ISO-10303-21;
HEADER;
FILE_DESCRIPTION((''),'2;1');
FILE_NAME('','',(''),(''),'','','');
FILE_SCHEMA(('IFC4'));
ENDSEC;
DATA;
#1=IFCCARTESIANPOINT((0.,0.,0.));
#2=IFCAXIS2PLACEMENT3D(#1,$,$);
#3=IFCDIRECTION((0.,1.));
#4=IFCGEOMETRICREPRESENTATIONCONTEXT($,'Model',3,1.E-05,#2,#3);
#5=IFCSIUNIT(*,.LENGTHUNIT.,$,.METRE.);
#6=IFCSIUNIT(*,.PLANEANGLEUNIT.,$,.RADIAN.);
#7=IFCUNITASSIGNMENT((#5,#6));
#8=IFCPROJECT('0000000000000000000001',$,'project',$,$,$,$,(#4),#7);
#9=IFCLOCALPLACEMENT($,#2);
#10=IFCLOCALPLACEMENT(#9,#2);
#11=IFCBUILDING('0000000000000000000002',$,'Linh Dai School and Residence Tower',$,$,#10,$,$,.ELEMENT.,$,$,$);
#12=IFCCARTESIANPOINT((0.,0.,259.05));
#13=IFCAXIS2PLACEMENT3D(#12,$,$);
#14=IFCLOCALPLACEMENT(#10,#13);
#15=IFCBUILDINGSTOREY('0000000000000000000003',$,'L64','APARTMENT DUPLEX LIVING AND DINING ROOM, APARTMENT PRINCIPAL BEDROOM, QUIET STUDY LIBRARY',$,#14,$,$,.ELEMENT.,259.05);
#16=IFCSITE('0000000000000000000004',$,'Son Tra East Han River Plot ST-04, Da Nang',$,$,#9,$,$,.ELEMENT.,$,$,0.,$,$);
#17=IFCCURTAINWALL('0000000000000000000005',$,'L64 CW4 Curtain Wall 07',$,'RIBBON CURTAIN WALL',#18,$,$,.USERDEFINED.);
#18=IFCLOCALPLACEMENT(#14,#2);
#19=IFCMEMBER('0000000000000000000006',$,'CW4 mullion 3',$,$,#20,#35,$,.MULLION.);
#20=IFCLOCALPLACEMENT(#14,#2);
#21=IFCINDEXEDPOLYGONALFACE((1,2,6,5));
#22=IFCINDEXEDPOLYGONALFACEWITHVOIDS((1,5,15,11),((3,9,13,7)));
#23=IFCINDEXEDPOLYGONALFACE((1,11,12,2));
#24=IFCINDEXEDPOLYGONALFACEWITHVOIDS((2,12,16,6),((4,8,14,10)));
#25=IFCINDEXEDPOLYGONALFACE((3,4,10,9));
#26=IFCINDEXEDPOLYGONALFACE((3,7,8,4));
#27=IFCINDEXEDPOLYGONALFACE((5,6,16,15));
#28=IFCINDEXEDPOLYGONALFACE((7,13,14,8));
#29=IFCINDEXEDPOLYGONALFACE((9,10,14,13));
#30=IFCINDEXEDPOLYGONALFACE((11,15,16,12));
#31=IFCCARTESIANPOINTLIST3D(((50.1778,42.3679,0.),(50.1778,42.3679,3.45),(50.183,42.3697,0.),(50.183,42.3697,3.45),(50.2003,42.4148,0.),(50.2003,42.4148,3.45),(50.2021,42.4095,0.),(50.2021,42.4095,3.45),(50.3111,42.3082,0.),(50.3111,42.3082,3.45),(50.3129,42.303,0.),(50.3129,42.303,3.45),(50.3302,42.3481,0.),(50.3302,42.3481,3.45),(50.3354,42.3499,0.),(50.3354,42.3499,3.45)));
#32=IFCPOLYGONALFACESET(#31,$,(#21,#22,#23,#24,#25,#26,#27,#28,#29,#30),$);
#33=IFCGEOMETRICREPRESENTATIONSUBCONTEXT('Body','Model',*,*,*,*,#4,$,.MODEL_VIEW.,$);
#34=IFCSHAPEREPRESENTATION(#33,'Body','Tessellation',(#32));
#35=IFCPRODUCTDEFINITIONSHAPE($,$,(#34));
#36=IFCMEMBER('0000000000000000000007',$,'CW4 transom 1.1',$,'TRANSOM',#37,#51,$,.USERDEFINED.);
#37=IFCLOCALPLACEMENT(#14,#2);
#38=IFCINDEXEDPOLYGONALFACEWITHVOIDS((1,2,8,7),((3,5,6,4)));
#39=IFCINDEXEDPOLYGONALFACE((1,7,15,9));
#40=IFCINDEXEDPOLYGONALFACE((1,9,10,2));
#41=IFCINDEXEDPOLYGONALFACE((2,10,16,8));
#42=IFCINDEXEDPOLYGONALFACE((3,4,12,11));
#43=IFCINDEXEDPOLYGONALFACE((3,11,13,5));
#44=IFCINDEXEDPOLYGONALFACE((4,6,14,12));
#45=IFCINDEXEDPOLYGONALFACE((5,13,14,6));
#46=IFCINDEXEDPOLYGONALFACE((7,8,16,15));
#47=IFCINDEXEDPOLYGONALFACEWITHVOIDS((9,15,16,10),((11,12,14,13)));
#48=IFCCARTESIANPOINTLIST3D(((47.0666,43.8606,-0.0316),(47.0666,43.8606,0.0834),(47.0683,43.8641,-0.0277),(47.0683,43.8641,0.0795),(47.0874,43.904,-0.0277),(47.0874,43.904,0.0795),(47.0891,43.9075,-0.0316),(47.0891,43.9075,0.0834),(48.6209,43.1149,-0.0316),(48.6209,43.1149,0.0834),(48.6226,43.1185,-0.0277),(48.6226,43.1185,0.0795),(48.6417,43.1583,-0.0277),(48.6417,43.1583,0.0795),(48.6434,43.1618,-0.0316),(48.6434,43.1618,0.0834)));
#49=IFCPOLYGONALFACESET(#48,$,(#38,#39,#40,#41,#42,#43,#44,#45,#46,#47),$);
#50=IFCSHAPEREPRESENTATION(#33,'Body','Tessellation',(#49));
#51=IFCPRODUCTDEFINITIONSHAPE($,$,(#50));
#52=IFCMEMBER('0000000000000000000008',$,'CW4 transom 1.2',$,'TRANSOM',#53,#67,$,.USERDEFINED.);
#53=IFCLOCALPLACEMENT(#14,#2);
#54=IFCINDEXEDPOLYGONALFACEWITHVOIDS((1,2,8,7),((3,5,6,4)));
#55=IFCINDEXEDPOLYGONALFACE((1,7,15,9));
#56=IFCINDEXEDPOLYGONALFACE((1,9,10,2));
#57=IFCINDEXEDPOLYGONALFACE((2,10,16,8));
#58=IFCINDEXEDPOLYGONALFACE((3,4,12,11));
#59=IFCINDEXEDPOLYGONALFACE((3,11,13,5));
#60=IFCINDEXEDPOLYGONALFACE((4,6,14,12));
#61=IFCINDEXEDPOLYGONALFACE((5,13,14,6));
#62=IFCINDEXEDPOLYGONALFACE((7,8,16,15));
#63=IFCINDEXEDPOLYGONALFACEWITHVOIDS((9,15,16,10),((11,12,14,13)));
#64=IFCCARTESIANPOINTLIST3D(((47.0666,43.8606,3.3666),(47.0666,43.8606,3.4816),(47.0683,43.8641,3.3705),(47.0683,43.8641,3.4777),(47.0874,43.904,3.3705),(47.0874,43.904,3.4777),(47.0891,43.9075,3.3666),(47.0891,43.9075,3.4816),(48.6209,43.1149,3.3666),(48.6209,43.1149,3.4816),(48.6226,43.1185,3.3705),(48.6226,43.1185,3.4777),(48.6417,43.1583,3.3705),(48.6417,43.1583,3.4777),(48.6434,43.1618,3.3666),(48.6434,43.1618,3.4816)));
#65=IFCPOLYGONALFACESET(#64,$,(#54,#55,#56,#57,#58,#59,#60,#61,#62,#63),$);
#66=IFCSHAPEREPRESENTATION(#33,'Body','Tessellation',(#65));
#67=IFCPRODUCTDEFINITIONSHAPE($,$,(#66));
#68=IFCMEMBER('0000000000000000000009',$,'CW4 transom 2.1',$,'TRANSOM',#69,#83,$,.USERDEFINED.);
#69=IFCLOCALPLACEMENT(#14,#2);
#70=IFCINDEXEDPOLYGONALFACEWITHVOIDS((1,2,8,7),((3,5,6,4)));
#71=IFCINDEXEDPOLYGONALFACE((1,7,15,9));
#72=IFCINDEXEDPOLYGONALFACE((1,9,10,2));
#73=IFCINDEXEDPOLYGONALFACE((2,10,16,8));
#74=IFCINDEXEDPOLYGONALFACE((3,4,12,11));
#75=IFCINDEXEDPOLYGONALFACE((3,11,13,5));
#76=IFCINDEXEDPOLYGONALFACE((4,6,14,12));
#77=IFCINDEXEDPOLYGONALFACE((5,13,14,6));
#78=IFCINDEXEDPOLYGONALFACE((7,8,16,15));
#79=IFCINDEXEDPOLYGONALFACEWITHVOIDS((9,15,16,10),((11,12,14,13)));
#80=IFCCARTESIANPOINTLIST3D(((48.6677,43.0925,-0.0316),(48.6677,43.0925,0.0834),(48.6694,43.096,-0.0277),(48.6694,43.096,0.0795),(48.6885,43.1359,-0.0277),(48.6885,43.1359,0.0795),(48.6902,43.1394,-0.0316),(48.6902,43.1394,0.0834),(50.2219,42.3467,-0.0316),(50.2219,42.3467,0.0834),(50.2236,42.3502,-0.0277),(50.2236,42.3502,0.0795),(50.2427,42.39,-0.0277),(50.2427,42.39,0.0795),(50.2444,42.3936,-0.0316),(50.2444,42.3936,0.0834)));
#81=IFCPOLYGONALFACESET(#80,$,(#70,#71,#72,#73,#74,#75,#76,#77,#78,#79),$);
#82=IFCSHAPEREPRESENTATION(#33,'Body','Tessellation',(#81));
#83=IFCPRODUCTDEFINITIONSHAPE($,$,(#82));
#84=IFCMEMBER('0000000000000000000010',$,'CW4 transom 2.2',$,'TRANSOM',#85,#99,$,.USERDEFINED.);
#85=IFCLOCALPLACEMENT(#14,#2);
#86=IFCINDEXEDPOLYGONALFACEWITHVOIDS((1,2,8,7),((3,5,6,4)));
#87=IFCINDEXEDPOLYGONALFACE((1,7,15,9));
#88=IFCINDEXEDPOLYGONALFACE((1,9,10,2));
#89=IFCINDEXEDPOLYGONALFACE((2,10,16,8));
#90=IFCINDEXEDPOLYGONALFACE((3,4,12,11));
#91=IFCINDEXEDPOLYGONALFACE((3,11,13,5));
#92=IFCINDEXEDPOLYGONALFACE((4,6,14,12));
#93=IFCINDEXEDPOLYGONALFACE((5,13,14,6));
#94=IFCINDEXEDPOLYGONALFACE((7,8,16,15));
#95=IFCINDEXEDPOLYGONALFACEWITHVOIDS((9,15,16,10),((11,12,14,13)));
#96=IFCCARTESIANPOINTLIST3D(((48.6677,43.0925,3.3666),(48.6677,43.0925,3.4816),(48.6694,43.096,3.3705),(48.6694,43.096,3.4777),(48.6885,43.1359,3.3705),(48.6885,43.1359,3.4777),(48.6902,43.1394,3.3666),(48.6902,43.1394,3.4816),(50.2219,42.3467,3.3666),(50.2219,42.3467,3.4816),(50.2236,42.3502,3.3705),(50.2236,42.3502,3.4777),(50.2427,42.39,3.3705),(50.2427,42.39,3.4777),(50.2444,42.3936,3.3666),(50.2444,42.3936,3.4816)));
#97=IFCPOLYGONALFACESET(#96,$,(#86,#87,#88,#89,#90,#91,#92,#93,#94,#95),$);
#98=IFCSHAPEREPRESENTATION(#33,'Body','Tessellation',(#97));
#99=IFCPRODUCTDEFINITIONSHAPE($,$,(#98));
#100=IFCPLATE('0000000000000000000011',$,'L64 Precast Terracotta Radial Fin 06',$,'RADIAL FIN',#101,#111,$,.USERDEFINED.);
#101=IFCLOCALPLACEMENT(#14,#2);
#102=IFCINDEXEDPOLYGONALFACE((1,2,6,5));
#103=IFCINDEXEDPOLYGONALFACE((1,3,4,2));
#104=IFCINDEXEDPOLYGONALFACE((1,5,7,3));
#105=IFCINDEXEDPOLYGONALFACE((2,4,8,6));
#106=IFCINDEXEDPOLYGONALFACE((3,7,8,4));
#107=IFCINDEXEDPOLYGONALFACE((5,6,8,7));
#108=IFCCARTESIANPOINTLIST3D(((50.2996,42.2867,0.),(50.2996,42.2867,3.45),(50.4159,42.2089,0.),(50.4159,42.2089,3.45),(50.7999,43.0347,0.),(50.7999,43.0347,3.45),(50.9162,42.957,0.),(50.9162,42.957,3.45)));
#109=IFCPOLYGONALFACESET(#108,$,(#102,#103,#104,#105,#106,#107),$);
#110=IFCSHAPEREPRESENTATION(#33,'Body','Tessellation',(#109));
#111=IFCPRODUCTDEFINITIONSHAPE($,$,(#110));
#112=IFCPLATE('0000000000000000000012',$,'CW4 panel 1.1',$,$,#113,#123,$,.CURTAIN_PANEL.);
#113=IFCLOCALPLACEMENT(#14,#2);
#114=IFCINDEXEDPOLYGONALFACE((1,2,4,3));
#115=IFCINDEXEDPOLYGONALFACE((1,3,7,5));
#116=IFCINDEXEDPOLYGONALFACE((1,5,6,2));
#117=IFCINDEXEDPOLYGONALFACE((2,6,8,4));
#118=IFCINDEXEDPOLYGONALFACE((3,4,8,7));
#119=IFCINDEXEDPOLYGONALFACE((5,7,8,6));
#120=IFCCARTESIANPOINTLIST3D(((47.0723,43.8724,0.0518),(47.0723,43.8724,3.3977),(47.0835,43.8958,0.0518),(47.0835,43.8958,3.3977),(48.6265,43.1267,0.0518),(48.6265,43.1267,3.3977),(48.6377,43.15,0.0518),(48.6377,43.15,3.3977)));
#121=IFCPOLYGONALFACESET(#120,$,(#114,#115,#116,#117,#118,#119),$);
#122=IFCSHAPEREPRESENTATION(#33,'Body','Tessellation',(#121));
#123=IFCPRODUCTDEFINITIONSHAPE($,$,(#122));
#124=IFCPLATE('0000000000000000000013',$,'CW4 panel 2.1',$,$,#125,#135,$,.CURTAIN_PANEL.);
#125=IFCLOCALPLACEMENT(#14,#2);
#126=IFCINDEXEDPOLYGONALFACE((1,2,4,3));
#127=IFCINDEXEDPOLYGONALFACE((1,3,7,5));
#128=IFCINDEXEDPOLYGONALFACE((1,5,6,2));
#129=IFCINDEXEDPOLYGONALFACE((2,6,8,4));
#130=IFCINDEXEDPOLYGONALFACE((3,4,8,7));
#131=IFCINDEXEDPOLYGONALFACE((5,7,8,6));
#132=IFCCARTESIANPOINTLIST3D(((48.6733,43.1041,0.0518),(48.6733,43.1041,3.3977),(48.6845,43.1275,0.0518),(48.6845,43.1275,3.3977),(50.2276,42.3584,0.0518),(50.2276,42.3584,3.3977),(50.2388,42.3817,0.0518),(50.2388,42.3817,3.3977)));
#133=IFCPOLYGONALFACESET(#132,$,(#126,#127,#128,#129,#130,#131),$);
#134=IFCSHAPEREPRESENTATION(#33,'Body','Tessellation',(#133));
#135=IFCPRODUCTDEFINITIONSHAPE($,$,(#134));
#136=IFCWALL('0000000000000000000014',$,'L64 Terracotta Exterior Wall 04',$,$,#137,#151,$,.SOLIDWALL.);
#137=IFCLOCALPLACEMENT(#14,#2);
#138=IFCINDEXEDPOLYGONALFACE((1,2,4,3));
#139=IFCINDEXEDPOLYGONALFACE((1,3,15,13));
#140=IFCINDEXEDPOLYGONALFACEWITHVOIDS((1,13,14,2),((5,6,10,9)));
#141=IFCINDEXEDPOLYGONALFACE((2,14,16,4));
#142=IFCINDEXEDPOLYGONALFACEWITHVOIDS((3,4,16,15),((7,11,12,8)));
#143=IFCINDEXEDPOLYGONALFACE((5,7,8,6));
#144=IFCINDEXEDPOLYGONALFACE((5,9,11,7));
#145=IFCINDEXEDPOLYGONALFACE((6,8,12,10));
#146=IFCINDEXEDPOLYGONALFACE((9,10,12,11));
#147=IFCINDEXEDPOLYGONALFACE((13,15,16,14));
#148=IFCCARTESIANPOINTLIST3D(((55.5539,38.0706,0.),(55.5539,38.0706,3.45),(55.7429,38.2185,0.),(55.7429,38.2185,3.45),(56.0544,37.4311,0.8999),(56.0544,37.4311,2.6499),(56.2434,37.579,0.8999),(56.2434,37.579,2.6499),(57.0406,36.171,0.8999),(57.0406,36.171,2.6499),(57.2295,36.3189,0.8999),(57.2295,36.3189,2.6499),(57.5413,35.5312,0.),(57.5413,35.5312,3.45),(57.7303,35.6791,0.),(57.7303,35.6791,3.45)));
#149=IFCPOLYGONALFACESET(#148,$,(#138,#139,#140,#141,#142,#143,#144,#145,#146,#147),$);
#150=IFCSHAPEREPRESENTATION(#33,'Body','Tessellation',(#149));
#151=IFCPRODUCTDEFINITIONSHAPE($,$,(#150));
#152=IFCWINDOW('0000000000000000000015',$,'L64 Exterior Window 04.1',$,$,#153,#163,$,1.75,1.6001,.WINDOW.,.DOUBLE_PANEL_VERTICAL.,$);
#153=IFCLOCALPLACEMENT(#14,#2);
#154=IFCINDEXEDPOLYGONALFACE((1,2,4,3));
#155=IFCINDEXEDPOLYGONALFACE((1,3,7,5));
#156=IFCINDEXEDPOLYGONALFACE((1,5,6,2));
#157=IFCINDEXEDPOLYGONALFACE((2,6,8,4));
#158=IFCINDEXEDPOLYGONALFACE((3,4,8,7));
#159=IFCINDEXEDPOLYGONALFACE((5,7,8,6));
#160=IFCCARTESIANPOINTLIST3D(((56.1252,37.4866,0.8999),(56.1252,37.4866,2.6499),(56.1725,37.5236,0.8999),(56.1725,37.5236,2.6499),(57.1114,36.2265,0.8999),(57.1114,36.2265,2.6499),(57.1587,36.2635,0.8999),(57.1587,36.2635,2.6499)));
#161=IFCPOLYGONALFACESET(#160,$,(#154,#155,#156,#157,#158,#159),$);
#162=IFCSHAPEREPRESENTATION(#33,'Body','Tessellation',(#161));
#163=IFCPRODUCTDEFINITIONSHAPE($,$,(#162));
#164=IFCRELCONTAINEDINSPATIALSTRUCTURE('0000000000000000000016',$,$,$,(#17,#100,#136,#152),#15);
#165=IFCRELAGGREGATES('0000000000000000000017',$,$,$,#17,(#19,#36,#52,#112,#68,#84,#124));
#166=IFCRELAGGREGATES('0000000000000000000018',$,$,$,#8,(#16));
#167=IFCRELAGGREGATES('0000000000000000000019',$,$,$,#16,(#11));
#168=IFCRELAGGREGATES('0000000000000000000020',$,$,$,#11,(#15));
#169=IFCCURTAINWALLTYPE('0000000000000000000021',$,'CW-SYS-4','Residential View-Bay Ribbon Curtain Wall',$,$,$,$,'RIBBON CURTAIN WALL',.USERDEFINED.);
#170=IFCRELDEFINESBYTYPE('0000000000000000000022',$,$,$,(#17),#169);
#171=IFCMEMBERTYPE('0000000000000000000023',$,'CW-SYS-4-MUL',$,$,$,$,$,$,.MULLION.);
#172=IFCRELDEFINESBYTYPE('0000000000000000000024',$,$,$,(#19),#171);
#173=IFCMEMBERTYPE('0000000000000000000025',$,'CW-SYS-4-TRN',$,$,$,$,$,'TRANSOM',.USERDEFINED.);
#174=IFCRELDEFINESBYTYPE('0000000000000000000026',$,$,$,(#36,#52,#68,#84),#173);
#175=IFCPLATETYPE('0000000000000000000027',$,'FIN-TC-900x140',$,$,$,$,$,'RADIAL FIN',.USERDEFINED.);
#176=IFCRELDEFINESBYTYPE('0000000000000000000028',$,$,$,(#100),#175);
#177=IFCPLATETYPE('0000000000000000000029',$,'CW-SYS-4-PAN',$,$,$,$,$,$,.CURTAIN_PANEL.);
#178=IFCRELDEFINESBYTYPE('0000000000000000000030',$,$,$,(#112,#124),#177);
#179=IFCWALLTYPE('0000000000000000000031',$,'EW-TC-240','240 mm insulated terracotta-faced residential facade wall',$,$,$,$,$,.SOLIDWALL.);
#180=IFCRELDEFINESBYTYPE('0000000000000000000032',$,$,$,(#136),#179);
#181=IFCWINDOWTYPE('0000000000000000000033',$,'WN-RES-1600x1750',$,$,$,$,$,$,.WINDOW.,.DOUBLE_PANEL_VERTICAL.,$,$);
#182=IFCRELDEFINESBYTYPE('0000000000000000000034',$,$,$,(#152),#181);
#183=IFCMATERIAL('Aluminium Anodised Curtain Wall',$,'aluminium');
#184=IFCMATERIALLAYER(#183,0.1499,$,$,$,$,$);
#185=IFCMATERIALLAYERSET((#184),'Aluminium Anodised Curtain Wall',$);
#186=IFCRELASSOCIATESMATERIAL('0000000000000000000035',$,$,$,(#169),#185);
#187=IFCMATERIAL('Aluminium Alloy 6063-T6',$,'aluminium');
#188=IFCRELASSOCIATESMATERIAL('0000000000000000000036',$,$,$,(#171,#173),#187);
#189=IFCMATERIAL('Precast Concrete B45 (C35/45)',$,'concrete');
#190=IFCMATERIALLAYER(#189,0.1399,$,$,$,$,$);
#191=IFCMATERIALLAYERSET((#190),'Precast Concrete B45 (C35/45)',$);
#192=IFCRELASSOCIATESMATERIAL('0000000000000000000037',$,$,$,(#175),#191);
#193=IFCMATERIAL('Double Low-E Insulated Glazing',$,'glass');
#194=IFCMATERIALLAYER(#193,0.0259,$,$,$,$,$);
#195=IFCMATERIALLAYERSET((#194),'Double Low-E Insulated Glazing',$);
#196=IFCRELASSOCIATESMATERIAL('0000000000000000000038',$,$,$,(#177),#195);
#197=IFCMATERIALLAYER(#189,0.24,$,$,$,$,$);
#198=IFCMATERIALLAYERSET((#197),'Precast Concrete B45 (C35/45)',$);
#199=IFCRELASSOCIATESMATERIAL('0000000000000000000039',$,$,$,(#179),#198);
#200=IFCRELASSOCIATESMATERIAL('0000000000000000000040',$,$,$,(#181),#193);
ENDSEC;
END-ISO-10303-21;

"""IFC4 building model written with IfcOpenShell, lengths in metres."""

from ifc_helpers import new_model, si_unit, direction, frame, frame_2d, origin, origin_2d, place, context, subcontext, project, spatial, rectangle, hollow_rectangle, extrude, source, transform, mapped, material, layer, layer_set, material_profile, profile_set, type_object, element, fill, aggregate, save


model = new_model("IFC4")

# Units and contexts
model_context = context("Model", 3, precision=1e-05, world=origin(), true_north=direction((0.0, 1.0)))
body_context = subcontext(model_context, "Body", "Model", "MODEL_VIEW")
ifc_project = project(units=[si_unit("LENGTHUNIT", "METRE"), si_unit("PLANEANGLEUNIT", "RADIAN")], contexts=[model_context])

# Site, building, storey
site_placement = place(None, origin())
site = spatial("IfcSite", under=ifc_project, at=site_placement, Name="Son Tra East Han River Plot ST-04, Da Nang", CompositionType="ELEMENT", RefElevation=0.0)
building_placement = place(site_placement, origin())
building = spatial("IfcBuilding", under=site, at=building_placement, Name="Linh Dai School and Residence Tower", CompositionType="ELEMENT")
storey_placement = place(building_placement, frame((0.0, 0.0, 259.05)))
storey = spatial("IfcBuildingStorey", under=building, at=storey_placement, Name="L64", Description="APARTMENT DUPLEX LIVING AND DINING ROOM, APARTMENT PRINCIPAL BEDROOM, QUIET STUDY LIBRARY", CompositionType="ELEMENT", Elevation=259.05)

# Curtain wall, members
ifc_material_1 = material(Name="Aluminium Anodised Curtain Wall", Category="aluminium")
ifc_layer_1 = layer(ifc_material_1, 0.1499)
ifc_layer_set_1 = layer_set([ifc_layer_1], Name="Aluminium Anodised Curtain Wall")
curtain_wall_type = type_object("IfcCurtainWallType", Name="CW-SYS-4", Description="Residential View-Bay Ribbon Curtain Wall", ElementType="RIBBON CURTAIN WALL", PredefinedType="USERDEFINED", material=ifc_layer_set_1)
curtain_wall_placement = place(storey_placement, origin())
curtain_wall = element("IfcCurtainWall", 1, at=curtain_wall_placement, inside=storey, type_object=curtain_wall_type, Name="L64 CW4 Curtain Wall 07", ObjectType="RIBBON CURTAIN WALL", PredefinedType="USERDEFINED")
ifc_material_2 = material(Name="Aluminium Alloy 6063-T6", Category="aluminium")
ifc_material_profile_1 = material_profile(ifc_material_2, hollow_rectangle(XDim=0.052, YDim=0.1499, WallThickness=0.0039, at=origin_2d()), Name="RHS 150x52x4")
ifc_profile_set_1 = profile_set([ifc_material_profile_1], Name="Aluminium Alloy 6063-T6")
member_type_1 = type_object("IfcMemberType", Name="CW-SYS-4-MUL", PredefinedType="MULLION", material=ifc_profile_set_1)
shared_shape_1 = source(origin(), body_context, "Body", "SweptSolid", [
    extrude(hollow_rectangle(XDim=0.052, YDim=0.1499, WallThickness=0.0039, at=origin_2d()), origin(), (0.0, 0.0, 1.0), 3.45),
])
member_1_placement = place(storey_placement, frame((50.2566, 42.3589, 0.0), z_axis=(0.0, 0.0, 1.0), x_axis=(0.432594, 0.901589, 0.0)))
member_1 = element("IfcMember", 2, at=member_1_placement, type_object=member_type_1, Name="CW4 mullion 3", PredefinedType="MULLION", context=body_context, shape_type="MappedRepresentation", body=[
    mapped(shared_shape_1, transform((0.0, 0.0, 0.0), x_axis=(1.0, 0.0, 0.0), y_axis=(0.0, 1.0, 0.0), z_axis=(0.0, 0.0, 1.0), scale=1.0)),
])
ifc_material_profile_2 = material_profile(ifc_material_2, hollow_rectangle(XDim=0.052, YDim=0.115, WallThickness=0.0039, at=origin_2d()), Name="RHS 115x52x4")
ifc_profile_set_2 = profile_set([ifc_material_profile_2], Name="Aluminium Alloy 6063-T6")
member_type_2 = type_object("IfcMemberType", Name="CW-SYS-4-TRN", ElementType="TRANSOM", PredefinedType="USERDEFINED", material=ifc_profile_set_2)
shared_shape_2 = source(origin(), body_context, "Body", "SweptSolid", [
    extrude(hollow_rectangle(XDim=0.052, YDim=0.115, WallThickness=0.0039, at=origin_2d()), origin(), (0.0, 0.0, 1.0), 1.7239),
])
member_2_placement = place(storey_placement, frame((47.0779, 43.884, 0.0259), z_axis=(0.901616, -0.432538, 0.0), x_axis=(0.432538, 0.901616, 0.0)))
member_2 = element("IfcMember", 3, at=member_2_placement, type_object=member_type_2, Name="CW4 transom 1.1", ObjectType="TRANSOM", PredefinedType="USERDEFINED", context=body_context, shape_type="MappedRepresentation", body=[
    mapped(shared_shape_2, transform((0.0, 0.0, 0.0), x_axis=(1.0, 0.0, 0.0), y_axis=(0.0, 1.0, 0.0), z_axis=(0.0, 0.0, 1.0), scale=1.0)),
])
member_3_placement = place(storey_placement, frame((47.0779, 43.884, 3.4241), z_axis=(0.901616, -0.432538, 0.0), x_axis=(0.432538, 0.901616, 0.0)))
member_3 = element("IfcMember", 4, at=member_3_placement, type_object=member_type_2, Name="CW4 transom 1.2", ObjectType="TRANSOM", PredefinedType="USERDEFINED", context=body_context, shape_type="MappedRepresentation", body=[
    mapped(shared_shape_2, transform((0.0, 0.0, 0.0), x_axis=(1.0, 0.0, 0.0), y_axis=(0.0, 1.0, 0.0), z_axis=(0.0, 0.0, 1.0), scale=1.0)),
])
member_4_placement = place(storey_placement, frame((48.679, 43.116, 0.0259), z_axis=(0.901561, -0.432653, 0.0), x_axis=(0.432653, 0.901561, 0.0)))
member_4 = element("IfcMember", 5, at=member_4_placement, type_object=member_type_2, Name="CW4 transom 2.1", ObjectType="TRANSOM", PredefinedType="USERDEFINED", context=body_context, shape_type="MappedRepresentation", body=[
    mapped(shared_shape_2, transform((0.0, 0.0, 0.0), x_axis=(1.0, 0.0, 0.0), y_axis=(0.0, 1.0, 0.0), z_axis=(0.0, 0.0, 1.0), scale=1.0)),
])
member_5_placement = place(storey_placement, frame((48.679, 43.116, 3.4241), z_axis=(0.901561, -0.432653, 0.0), x_axis=(0.432653, 0.901561, 0.0)))
member_5 = element("IfcMember", 6, at=member_5_placement, type_object=member_type_2, Name="CW4 transom 2.2", ObjectType="TRANSOM", PredefinedType="USERDEFINED", context=body_context, shape_type="MappedRepresentation", body=[
    mapped(shared_shape_2, transform((0.0, 0.0, 0.0), x_axis=(1.0, 0.0, 0.0), y_axis=(0.0, 1.0, 0.0), z_axis=(0.0, 0.0, 1.0), scale=1.0)),
])

# Plates
ifc_material_3 = material(Name="Precast Concrete B45 (C35/45)", Category="concrete")
ifc_layer_2 = layer(ifc_material_3, 0.1399)
ifc_layer_set_2 = layer_set([ifc_layer_2], Name="Precast Concrete B45 (C35/45)")
plate_type_1 = type_object("IfcPlateType", Name="FIN-TC-900x140", ElementType="RADIAL FIN", PredefinedType="USERDEFINED", material=ifc_layer_set_2)
shared_shape_3 = source(origin(), body_context, "Body", "SweptSolid", [
    extrude(rectangle(XDim=0.8999, YDim=0.1399, at=origin_2d()), origin(), (0.0, 0.0, 1.0), 3.45),
])
plate_1_placement = place(storey_placement, frame((50.6079, 42.6218, 0.0), z_axis=(0.0, 0.0, 1.0), x_axis=(0.555887, 0.831258, 0.0)))
element("IfcPlate", 7, at=plate_1_placement, inside=storey, type_object=plate_type_1, Name="L64 Precast Terracotta Radial Fin 06", ObjectType="RADIAL FIN", PredefinedType="USERDEFINED", context=body_context, shape_type="MappedRepresentation", body=[
    mapped(shared_shape_3, transform((0.0, 0.0, 0.0), x_axis=(1.0, 0.0, 0.0), y_axis=(0.0, 1.0, 0.0), z_axis=(0.0, 0.0, 1.0), scale=1.0)),
])
ifc_material_4 = material(Name="Double Low-E Insulated Glazing", Category="glass")
ifc_layer_3 = layer(ifc_material_4, 0.0259)
ifc_layer_set_3 = layer_set([ifc_layer_3], Name="Double Low-E Insulated Glazing")
plate_type_2 = type_object("IfcPlateType", Name="CW-SYS-4-PAN", PredefinedType="CURTAIN_PANEL", material=ifc_layer_set_3)
shared_shape_4 = source(origin(), body_context, "Body", "SweptSolid", [
    extrude(rectangle(XDim=1.7239, YDim=0.0259, at=origin_2d()), origin(), (0.0, 0.0, 1.0), 3.3459),
])
plate_2_placement = place(storey_placement, frame((47.855, 43.5112, 0.0518), z_axis=(0.0, 0.0, 1.0), x_axis=(0.901589, -0.432594, 0.0)))
plate_2 = element("IfcPlate", 8, at=plate_2_placement, type_object=plate_type_2, Name="CW4 panel 1.1", PredefinedType="CURTAIN_PANEL", context=body_context, shape_type="MappedRepresentation", body=[
    mapped(shared_shape_4, transform((0.0, 0.0, 0.0), x_axis=(1.0, 0.0, 0.0), y_axis=(0.0, 1.0, 0.0), z_axis=(0.0, 0.0, 1.0), scale=1.0)),
])
plate_3_placement = place(storey_placement, frame((49.4561, 42.7429, 0.0518), z_axis=(0.0, 0.0, 1.0), x_axis=(0.901589, -0.432594, 0.0)))
plate_3 = element("IfcPlate", 9, at=plate_3_placement, type_object=plate_type_2, Name="CW4 panel 2.1", PredefinedType="CURTAIN_PANEL", context=body_context, shape_type="MappedRepresentation", body=[
    mapped(shared_shape_4, transform((0.0, 0.0, 0.0), x_axis=(1.0, 0.0, 0.0), y_axis=(0.0, 1.0, 0.0), z_axis=(0.0, 0.0, 1.0), scale=1.0)),
])
aggregate(curtain_wall, [member_1, member_2, member_3, plate_2, member_4, member_5, plate_3])

# Wall, opening, window
ifc_layer_4 = layer(ifc_material_3, 0.24)
ifc_layer_set_4 = layer_set([ifc_layer_4], Name="Precast Concrete B45 (C35/45)")
wall_type_1 = type_object("IfcWallType", Name="EW-TC-240", Description="240 mm insulated terracotta-faced residential facade wall", PredefinedType="SOLIDWALL", material=ifc_layer_set_4)
wall_1_placement = place(storey_placement, frame((55.6484, 38.1445, 0.0), z_axis=(0.0, 0.0, 1.0), x_axis=(0.616312, -0.787502, 0.0)))
wall_1 = element("IfcWall", 10, at=wall_1_placement, inside=storey, type_object=wall_type_1, Name="L64 Terracotta Exterior Wall 04", PredefinedType="SOLIDWALL", context=body_context, shape_type="SweptSolid", body=[
    extrude(rectangle(XDim=3.2246, YDim=0.24, at=frame_2d((1.6123, 0.0))), origin(), (0.0, 0.0, 1.0), 3.45),
])
opening_placement = place(wall_1_placement, frame((0.812, 0.0, 0.8999)))
opening = element("IfcOpeningElement", 11, at=opening_placement, cuts=wall_1, PredefinedType="OPENING", context=body_context, shape_type="SweptSolid", body=[
    extrude(rectangle(XDim=1.6001, YDim=1.75, at=origin_2d()), frame((0.8, 0.1299, 0.875), z_axis=(0.0, -1.0, 0.0), x_axis=(1.0, 0.0, 0.0)), (0.0, 0.0, 1.0), 0.26),
])
window_type = type_object("IfcWindowType", Name="WN-RES-1600x1750", PartitioningType="DOUBLE_PANEL_VERTICAL", PredefinedType="WINDOW", material=ifc_material_4)
shared_shape_5 = source(origin(), body_context, "Body", "SweptSolid", [
    extrude(rectangle(XDim=1.6001, YDim=1.75, at=origin_2d()), frame((0.8, 0.03, 0.875), z_axis=(0.0, -1.0, 0.0), x_axis=(1.0, 0.0, 0.0)), (0.0, 0.0, 1.0), 0.0601),
])
window_placement = place(opening_placement, origin())
window = element("IfcWindow", 12, at=window_placement, inside=storey, type_object=window_type, Name="L64 Exterior Window 04.1", OverallHeight=1.75, OverallWidth=1.6001, PartitioningType="DOUBLE_PANEL_VERTICAL", PredefinedType="WINDOW", context=body_context, shape_type="MappedRepresentation", body=[
    mapped(shared_shape_5, transform((0.0, 0.0, 0.0), x_axis=(1.0, 0.0, 0.0), y_axis=(0.0, 1.0, 0.0), z_axis=(0.0, 0.0, 1.0), scale=1.0)),
])
fill(opening, window)

save(model, "model.ifc")
